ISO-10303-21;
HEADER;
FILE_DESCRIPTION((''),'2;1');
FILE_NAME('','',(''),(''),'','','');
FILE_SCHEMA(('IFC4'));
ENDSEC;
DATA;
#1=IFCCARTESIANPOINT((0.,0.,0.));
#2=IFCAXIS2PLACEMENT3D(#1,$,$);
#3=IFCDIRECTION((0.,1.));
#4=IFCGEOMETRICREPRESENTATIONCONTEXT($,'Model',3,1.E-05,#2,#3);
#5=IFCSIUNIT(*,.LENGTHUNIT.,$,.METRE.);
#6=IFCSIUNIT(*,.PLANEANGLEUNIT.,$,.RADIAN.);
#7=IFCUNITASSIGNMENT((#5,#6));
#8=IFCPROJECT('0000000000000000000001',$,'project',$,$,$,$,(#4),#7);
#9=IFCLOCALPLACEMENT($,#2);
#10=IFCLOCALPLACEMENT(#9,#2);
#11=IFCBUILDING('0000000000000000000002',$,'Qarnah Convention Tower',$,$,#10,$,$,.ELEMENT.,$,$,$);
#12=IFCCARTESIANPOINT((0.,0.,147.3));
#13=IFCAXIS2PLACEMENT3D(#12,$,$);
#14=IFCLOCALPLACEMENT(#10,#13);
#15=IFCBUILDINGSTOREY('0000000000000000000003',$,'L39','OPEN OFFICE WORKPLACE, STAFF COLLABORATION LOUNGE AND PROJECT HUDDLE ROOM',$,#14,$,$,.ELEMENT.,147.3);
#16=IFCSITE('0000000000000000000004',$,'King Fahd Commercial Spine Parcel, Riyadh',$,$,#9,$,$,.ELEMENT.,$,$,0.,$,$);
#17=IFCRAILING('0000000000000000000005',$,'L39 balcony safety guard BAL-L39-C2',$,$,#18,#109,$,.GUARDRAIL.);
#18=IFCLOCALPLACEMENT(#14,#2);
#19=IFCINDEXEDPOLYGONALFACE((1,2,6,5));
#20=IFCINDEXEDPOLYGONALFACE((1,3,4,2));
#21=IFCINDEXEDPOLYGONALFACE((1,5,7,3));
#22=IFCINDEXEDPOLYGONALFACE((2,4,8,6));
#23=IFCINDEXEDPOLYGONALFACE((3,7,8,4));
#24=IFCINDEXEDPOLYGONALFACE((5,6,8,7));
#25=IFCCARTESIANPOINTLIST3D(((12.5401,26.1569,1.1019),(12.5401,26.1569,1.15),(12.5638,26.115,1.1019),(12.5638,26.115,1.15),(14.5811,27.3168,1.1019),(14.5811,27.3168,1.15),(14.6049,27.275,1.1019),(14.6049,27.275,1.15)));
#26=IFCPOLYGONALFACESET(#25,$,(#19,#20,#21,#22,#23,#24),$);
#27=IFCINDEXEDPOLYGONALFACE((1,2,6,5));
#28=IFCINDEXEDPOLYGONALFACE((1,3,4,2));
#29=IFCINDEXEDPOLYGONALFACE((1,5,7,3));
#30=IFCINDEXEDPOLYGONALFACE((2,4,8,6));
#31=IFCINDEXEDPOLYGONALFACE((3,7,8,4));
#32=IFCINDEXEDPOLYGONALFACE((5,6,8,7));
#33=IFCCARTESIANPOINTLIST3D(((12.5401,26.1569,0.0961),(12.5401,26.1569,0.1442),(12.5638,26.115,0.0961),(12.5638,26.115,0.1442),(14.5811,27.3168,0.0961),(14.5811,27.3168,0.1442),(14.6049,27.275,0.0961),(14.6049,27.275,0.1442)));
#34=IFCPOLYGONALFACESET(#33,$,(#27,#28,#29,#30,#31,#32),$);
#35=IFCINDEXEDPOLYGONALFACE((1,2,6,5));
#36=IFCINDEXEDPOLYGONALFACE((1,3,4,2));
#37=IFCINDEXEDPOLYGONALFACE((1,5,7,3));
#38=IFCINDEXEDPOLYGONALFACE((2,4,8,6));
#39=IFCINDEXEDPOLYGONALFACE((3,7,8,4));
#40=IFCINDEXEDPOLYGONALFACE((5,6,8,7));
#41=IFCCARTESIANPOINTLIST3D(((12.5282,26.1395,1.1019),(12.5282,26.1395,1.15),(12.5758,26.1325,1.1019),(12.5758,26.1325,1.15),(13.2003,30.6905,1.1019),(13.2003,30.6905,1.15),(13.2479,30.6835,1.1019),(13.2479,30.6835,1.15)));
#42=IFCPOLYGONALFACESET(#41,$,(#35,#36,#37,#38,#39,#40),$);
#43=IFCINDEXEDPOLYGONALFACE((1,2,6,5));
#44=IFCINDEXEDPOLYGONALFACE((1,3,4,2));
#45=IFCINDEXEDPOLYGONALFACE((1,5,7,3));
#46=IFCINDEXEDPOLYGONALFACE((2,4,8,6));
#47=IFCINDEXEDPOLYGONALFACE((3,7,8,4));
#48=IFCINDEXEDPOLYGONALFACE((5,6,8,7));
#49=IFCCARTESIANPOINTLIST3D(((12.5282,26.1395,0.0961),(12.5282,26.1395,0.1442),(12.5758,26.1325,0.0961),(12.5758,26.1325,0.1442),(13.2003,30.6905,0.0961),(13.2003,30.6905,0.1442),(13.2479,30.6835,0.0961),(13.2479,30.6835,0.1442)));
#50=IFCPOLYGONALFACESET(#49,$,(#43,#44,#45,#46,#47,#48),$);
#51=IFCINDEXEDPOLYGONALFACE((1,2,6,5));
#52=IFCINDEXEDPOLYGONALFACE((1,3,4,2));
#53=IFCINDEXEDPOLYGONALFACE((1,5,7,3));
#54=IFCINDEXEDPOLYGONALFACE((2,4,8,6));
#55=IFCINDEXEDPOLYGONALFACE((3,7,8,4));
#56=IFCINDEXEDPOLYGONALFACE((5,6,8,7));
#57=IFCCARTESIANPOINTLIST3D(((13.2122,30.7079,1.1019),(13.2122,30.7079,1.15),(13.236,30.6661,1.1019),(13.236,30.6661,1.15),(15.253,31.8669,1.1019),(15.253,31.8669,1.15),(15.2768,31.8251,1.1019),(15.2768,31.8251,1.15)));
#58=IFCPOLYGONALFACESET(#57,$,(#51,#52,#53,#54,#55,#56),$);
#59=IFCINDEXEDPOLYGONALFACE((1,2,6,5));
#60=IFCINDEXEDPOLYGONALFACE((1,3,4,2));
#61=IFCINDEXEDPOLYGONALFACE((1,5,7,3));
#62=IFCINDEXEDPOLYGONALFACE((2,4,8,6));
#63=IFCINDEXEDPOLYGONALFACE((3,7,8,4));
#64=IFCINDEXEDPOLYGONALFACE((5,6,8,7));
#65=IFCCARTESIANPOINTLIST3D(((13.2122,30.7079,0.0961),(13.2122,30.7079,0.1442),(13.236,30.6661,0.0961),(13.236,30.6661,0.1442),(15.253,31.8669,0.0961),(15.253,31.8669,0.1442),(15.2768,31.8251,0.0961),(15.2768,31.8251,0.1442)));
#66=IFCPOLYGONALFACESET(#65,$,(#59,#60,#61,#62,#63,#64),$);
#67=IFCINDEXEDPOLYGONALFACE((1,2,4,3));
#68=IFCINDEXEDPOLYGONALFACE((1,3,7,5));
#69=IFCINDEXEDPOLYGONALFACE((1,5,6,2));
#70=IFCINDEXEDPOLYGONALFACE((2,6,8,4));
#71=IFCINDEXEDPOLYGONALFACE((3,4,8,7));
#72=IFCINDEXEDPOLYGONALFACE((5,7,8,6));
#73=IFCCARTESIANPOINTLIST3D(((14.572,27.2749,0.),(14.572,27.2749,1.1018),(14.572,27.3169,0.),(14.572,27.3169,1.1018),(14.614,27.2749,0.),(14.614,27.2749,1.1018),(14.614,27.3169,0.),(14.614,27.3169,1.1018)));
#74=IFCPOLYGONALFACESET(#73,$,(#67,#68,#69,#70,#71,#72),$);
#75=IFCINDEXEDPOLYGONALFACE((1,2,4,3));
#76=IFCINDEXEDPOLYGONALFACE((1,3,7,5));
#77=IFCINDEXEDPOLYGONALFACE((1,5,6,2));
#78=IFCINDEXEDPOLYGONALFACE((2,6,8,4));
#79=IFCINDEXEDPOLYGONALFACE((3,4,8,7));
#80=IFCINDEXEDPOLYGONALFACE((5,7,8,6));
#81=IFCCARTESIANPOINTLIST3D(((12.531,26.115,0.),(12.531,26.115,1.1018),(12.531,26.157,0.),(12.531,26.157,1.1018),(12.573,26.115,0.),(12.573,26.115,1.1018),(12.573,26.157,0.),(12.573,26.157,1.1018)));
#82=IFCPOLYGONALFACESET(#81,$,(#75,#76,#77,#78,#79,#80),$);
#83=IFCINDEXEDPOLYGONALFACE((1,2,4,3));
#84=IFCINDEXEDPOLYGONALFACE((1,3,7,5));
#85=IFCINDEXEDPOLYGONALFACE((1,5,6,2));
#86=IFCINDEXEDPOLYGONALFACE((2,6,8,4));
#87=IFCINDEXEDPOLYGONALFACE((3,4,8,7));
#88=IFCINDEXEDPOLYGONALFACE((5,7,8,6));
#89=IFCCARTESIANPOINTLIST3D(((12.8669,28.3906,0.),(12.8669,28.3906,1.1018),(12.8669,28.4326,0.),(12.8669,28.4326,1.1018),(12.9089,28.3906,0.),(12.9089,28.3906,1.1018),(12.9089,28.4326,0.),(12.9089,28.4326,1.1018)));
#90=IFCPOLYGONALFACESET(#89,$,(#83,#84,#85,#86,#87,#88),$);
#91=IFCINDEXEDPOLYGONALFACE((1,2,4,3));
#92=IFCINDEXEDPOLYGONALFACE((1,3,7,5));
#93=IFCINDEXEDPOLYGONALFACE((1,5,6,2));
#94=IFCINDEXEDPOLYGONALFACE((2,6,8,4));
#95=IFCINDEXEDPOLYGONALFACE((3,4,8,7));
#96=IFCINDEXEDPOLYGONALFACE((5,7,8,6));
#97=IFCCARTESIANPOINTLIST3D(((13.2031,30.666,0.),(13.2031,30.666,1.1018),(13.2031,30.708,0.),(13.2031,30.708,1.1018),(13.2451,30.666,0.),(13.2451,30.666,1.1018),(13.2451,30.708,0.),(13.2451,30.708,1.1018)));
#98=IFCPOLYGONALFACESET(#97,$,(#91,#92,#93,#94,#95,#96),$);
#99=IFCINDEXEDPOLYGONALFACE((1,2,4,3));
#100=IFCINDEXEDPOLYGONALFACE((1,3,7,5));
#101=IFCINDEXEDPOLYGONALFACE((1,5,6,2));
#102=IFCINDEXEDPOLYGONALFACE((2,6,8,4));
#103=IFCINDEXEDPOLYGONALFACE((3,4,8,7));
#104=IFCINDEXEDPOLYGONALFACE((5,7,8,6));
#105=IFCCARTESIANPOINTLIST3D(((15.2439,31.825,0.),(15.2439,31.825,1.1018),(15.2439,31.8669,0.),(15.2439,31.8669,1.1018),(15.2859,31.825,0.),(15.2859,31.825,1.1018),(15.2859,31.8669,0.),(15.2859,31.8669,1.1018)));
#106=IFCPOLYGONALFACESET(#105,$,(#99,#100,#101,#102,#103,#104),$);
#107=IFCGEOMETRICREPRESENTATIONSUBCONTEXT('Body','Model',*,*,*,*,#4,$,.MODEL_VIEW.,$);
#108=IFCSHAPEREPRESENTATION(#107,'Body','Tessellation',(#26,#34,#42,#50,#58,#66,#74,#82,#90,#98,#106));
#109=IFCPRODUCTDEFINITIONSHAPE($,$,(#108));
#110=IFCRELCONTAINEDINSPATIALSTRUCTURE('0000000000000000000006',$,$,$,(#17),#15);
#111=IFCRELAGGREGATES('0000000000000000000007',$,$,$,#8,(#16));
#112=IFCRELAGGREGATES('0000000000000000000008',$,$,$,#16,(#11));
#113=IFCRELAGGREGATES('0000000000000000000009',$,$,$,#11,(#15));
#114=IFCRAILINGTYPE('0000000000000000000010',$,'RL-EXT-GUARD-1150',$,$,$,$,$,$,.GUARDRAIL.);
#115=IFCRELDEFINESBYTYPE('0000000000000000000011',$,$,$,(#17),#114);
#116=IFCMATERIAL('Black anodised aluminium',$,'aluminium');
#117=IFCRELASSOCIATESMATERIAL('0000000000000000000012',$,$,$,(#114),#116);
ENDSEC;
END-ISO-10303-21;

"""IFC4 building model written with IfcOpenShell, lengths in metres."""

from ifc_helpers import new_model, si_unit, direction, frame, origin, origin_2d, place, context, subcontext, project, spatial, rectangle, extrude, material, type_object, element, save


model = new_model("IFC4")

# Units and contexts
model_context = context("Model", 3, precision=1e-05, world=origin(), true_north=direction((0.0, 1.0)))
body_context = subcontext(model_context, "Body", "Model", "MODEL_VIEW")
ifc_project = project(units=[si_unit("LENGTHUNIT", "METRE"), si_unit("PLANEANGLEUNIT", "RADIAN")], contexts=[model_context])

# Site, building, storey
site_placement = place(None, origin())
site = spatial("IfcSite", under=ifc_project, at=site_placement, Name="King Fahd Commercial Spine Parcel, Riyadh", CompositionType="ELEMENT", RefElevation=0.0)
building_placement = place(site_placement, origin())
building = spatial("IfcBuilding", under=site, at=building_placement, Name="Qarnah Convention Tower", CompositionType="ELEMENT")
storey_placement = place(building_placement, frame((0.0, 0.0, 147.3)))
storey = spatial("IfcBuildingStorey", under=building, at=storey_placement, Name="L39", Description="OPEN OFFICE WORKPLACE, STAFF COLLABORATION LOUNGE AND PROJECT HUDDLE ROOM", CompositionType="ELEMENT", Elevation=147.3)

# Shared definitions
ifc_material_1 = material(Name="Black anodised aluminium", Category="aluminium")

# Railing
railing_type = type_object("IfcRailingType", Name="RL-EXT-GUARD-1150", PredefinedType="GUARDRAIL", material=ifc_material_1)
railing_1_placement = place(storey_placement, frame((14.593, 27.2959, 0.0)))
element("IfcRailing", 1, at=railing_1_placement, inside=storey, type_object=railing_type, Name="L39 balcony safety guard BAL-L39-C2", PredefinedType="GUARDRAIL", context=body_context, shape_type="SweptSolid", body=[
    extrude(rectangle(XDim=0.0481, YDim=0.0481, at=origin_2d()), frame((0.0, 0.0, 1.126), z_axis=(-0.869412, -0.494088, 0.0), x_axis=(0.494088, -0.869412, 0.0)), (0.0, 0.0, 1.0), 2.3477),
    extrude(rectangle(XDim=0.0481, YDim=0.0481, at=origin_2d()), frame((0.0, 0.0, 0.1201), z_axis=(-0.869412, -0.494088, 0.0), x_axis=(0.494088, -0.869412, 0.0)), (0.0, 0.0, 1.0), 2.3477),
    extrude(rectangle(XDim=0.0481, YDim=0.0481, at=origin_2d()), frame((-2.041, -1.1599, 1.126), z_axis=(0.146101, 0.98927, 0.0), x_axis=(-0.98927, 0.146101, 0.0)), (0.0, 0.0, 1.0), 4.6003),
    extrude(rectangle(XDim=0.0481, YDim=0.0481, at=origin_2d()), frame((-2.041, -1.1599, 0.1201), z_axis=(0.146101, 0.98927, 0.0), x_axis=(-0.98927, 0.146101, 0.0)), (0.0, 0.0, 1.0), 4.6003),
    extrude(rectangle(XDim=0.0481, YDim=0.0481, at=origin_2d()), frame((-1.3689, 3.3911, 1.126), z_axis=(0.869565, 0.493818, 0.0), x_axis=(-0.493818, 0.869565, 0.0)), (0.0, 0.0, 1.0), 2.3469),
    extrude(rectangle(XDim=0.0481, YDim=0.0481, at=origin_2d()), frame((-1.3689, 3.3911, 0.1201), z_axis=(0.869565, 0.493818, 0.0), x_axis=(-0.493818, 0.869565, 0.0)), (0.0, 0.0, 1.0), 2.3469),
    extrude(rectangle(XDim=0.042, YDim=0.042, at=origin_2d()), origin(), (0.0, 0.0, 1.0), 1.1018),
    extrude(rectangle(XDim=0.042, YDim=0.042, at=origin_2d()), frame((-2.041, -1.1599, 0.0)), (0.0, 0.0, 1.0), 1.1018),
    extrude(rectangle(XDim=0.042, YDim=0.042, at=origin_2d()), frame((-1.7051, 1.1157, 0.0)), (0.0, 0.0, 1.0), 1.1018),
    extrude(rectangle(XDim=0.042, YDim=0.042, at=origin_2d()), frame((-1.3689, 3.3911, 0.0)), (0.0, 0.0, 1.0), 1.1018),
    extrude(rectangle(XDim=0.042, YDim=0.042, at=origin_2d()), frame((0.6719, 4.55, 0.0)), (0.0, 0.0, 1.0), 1.1018),
])

save(model, "model.ifc")
